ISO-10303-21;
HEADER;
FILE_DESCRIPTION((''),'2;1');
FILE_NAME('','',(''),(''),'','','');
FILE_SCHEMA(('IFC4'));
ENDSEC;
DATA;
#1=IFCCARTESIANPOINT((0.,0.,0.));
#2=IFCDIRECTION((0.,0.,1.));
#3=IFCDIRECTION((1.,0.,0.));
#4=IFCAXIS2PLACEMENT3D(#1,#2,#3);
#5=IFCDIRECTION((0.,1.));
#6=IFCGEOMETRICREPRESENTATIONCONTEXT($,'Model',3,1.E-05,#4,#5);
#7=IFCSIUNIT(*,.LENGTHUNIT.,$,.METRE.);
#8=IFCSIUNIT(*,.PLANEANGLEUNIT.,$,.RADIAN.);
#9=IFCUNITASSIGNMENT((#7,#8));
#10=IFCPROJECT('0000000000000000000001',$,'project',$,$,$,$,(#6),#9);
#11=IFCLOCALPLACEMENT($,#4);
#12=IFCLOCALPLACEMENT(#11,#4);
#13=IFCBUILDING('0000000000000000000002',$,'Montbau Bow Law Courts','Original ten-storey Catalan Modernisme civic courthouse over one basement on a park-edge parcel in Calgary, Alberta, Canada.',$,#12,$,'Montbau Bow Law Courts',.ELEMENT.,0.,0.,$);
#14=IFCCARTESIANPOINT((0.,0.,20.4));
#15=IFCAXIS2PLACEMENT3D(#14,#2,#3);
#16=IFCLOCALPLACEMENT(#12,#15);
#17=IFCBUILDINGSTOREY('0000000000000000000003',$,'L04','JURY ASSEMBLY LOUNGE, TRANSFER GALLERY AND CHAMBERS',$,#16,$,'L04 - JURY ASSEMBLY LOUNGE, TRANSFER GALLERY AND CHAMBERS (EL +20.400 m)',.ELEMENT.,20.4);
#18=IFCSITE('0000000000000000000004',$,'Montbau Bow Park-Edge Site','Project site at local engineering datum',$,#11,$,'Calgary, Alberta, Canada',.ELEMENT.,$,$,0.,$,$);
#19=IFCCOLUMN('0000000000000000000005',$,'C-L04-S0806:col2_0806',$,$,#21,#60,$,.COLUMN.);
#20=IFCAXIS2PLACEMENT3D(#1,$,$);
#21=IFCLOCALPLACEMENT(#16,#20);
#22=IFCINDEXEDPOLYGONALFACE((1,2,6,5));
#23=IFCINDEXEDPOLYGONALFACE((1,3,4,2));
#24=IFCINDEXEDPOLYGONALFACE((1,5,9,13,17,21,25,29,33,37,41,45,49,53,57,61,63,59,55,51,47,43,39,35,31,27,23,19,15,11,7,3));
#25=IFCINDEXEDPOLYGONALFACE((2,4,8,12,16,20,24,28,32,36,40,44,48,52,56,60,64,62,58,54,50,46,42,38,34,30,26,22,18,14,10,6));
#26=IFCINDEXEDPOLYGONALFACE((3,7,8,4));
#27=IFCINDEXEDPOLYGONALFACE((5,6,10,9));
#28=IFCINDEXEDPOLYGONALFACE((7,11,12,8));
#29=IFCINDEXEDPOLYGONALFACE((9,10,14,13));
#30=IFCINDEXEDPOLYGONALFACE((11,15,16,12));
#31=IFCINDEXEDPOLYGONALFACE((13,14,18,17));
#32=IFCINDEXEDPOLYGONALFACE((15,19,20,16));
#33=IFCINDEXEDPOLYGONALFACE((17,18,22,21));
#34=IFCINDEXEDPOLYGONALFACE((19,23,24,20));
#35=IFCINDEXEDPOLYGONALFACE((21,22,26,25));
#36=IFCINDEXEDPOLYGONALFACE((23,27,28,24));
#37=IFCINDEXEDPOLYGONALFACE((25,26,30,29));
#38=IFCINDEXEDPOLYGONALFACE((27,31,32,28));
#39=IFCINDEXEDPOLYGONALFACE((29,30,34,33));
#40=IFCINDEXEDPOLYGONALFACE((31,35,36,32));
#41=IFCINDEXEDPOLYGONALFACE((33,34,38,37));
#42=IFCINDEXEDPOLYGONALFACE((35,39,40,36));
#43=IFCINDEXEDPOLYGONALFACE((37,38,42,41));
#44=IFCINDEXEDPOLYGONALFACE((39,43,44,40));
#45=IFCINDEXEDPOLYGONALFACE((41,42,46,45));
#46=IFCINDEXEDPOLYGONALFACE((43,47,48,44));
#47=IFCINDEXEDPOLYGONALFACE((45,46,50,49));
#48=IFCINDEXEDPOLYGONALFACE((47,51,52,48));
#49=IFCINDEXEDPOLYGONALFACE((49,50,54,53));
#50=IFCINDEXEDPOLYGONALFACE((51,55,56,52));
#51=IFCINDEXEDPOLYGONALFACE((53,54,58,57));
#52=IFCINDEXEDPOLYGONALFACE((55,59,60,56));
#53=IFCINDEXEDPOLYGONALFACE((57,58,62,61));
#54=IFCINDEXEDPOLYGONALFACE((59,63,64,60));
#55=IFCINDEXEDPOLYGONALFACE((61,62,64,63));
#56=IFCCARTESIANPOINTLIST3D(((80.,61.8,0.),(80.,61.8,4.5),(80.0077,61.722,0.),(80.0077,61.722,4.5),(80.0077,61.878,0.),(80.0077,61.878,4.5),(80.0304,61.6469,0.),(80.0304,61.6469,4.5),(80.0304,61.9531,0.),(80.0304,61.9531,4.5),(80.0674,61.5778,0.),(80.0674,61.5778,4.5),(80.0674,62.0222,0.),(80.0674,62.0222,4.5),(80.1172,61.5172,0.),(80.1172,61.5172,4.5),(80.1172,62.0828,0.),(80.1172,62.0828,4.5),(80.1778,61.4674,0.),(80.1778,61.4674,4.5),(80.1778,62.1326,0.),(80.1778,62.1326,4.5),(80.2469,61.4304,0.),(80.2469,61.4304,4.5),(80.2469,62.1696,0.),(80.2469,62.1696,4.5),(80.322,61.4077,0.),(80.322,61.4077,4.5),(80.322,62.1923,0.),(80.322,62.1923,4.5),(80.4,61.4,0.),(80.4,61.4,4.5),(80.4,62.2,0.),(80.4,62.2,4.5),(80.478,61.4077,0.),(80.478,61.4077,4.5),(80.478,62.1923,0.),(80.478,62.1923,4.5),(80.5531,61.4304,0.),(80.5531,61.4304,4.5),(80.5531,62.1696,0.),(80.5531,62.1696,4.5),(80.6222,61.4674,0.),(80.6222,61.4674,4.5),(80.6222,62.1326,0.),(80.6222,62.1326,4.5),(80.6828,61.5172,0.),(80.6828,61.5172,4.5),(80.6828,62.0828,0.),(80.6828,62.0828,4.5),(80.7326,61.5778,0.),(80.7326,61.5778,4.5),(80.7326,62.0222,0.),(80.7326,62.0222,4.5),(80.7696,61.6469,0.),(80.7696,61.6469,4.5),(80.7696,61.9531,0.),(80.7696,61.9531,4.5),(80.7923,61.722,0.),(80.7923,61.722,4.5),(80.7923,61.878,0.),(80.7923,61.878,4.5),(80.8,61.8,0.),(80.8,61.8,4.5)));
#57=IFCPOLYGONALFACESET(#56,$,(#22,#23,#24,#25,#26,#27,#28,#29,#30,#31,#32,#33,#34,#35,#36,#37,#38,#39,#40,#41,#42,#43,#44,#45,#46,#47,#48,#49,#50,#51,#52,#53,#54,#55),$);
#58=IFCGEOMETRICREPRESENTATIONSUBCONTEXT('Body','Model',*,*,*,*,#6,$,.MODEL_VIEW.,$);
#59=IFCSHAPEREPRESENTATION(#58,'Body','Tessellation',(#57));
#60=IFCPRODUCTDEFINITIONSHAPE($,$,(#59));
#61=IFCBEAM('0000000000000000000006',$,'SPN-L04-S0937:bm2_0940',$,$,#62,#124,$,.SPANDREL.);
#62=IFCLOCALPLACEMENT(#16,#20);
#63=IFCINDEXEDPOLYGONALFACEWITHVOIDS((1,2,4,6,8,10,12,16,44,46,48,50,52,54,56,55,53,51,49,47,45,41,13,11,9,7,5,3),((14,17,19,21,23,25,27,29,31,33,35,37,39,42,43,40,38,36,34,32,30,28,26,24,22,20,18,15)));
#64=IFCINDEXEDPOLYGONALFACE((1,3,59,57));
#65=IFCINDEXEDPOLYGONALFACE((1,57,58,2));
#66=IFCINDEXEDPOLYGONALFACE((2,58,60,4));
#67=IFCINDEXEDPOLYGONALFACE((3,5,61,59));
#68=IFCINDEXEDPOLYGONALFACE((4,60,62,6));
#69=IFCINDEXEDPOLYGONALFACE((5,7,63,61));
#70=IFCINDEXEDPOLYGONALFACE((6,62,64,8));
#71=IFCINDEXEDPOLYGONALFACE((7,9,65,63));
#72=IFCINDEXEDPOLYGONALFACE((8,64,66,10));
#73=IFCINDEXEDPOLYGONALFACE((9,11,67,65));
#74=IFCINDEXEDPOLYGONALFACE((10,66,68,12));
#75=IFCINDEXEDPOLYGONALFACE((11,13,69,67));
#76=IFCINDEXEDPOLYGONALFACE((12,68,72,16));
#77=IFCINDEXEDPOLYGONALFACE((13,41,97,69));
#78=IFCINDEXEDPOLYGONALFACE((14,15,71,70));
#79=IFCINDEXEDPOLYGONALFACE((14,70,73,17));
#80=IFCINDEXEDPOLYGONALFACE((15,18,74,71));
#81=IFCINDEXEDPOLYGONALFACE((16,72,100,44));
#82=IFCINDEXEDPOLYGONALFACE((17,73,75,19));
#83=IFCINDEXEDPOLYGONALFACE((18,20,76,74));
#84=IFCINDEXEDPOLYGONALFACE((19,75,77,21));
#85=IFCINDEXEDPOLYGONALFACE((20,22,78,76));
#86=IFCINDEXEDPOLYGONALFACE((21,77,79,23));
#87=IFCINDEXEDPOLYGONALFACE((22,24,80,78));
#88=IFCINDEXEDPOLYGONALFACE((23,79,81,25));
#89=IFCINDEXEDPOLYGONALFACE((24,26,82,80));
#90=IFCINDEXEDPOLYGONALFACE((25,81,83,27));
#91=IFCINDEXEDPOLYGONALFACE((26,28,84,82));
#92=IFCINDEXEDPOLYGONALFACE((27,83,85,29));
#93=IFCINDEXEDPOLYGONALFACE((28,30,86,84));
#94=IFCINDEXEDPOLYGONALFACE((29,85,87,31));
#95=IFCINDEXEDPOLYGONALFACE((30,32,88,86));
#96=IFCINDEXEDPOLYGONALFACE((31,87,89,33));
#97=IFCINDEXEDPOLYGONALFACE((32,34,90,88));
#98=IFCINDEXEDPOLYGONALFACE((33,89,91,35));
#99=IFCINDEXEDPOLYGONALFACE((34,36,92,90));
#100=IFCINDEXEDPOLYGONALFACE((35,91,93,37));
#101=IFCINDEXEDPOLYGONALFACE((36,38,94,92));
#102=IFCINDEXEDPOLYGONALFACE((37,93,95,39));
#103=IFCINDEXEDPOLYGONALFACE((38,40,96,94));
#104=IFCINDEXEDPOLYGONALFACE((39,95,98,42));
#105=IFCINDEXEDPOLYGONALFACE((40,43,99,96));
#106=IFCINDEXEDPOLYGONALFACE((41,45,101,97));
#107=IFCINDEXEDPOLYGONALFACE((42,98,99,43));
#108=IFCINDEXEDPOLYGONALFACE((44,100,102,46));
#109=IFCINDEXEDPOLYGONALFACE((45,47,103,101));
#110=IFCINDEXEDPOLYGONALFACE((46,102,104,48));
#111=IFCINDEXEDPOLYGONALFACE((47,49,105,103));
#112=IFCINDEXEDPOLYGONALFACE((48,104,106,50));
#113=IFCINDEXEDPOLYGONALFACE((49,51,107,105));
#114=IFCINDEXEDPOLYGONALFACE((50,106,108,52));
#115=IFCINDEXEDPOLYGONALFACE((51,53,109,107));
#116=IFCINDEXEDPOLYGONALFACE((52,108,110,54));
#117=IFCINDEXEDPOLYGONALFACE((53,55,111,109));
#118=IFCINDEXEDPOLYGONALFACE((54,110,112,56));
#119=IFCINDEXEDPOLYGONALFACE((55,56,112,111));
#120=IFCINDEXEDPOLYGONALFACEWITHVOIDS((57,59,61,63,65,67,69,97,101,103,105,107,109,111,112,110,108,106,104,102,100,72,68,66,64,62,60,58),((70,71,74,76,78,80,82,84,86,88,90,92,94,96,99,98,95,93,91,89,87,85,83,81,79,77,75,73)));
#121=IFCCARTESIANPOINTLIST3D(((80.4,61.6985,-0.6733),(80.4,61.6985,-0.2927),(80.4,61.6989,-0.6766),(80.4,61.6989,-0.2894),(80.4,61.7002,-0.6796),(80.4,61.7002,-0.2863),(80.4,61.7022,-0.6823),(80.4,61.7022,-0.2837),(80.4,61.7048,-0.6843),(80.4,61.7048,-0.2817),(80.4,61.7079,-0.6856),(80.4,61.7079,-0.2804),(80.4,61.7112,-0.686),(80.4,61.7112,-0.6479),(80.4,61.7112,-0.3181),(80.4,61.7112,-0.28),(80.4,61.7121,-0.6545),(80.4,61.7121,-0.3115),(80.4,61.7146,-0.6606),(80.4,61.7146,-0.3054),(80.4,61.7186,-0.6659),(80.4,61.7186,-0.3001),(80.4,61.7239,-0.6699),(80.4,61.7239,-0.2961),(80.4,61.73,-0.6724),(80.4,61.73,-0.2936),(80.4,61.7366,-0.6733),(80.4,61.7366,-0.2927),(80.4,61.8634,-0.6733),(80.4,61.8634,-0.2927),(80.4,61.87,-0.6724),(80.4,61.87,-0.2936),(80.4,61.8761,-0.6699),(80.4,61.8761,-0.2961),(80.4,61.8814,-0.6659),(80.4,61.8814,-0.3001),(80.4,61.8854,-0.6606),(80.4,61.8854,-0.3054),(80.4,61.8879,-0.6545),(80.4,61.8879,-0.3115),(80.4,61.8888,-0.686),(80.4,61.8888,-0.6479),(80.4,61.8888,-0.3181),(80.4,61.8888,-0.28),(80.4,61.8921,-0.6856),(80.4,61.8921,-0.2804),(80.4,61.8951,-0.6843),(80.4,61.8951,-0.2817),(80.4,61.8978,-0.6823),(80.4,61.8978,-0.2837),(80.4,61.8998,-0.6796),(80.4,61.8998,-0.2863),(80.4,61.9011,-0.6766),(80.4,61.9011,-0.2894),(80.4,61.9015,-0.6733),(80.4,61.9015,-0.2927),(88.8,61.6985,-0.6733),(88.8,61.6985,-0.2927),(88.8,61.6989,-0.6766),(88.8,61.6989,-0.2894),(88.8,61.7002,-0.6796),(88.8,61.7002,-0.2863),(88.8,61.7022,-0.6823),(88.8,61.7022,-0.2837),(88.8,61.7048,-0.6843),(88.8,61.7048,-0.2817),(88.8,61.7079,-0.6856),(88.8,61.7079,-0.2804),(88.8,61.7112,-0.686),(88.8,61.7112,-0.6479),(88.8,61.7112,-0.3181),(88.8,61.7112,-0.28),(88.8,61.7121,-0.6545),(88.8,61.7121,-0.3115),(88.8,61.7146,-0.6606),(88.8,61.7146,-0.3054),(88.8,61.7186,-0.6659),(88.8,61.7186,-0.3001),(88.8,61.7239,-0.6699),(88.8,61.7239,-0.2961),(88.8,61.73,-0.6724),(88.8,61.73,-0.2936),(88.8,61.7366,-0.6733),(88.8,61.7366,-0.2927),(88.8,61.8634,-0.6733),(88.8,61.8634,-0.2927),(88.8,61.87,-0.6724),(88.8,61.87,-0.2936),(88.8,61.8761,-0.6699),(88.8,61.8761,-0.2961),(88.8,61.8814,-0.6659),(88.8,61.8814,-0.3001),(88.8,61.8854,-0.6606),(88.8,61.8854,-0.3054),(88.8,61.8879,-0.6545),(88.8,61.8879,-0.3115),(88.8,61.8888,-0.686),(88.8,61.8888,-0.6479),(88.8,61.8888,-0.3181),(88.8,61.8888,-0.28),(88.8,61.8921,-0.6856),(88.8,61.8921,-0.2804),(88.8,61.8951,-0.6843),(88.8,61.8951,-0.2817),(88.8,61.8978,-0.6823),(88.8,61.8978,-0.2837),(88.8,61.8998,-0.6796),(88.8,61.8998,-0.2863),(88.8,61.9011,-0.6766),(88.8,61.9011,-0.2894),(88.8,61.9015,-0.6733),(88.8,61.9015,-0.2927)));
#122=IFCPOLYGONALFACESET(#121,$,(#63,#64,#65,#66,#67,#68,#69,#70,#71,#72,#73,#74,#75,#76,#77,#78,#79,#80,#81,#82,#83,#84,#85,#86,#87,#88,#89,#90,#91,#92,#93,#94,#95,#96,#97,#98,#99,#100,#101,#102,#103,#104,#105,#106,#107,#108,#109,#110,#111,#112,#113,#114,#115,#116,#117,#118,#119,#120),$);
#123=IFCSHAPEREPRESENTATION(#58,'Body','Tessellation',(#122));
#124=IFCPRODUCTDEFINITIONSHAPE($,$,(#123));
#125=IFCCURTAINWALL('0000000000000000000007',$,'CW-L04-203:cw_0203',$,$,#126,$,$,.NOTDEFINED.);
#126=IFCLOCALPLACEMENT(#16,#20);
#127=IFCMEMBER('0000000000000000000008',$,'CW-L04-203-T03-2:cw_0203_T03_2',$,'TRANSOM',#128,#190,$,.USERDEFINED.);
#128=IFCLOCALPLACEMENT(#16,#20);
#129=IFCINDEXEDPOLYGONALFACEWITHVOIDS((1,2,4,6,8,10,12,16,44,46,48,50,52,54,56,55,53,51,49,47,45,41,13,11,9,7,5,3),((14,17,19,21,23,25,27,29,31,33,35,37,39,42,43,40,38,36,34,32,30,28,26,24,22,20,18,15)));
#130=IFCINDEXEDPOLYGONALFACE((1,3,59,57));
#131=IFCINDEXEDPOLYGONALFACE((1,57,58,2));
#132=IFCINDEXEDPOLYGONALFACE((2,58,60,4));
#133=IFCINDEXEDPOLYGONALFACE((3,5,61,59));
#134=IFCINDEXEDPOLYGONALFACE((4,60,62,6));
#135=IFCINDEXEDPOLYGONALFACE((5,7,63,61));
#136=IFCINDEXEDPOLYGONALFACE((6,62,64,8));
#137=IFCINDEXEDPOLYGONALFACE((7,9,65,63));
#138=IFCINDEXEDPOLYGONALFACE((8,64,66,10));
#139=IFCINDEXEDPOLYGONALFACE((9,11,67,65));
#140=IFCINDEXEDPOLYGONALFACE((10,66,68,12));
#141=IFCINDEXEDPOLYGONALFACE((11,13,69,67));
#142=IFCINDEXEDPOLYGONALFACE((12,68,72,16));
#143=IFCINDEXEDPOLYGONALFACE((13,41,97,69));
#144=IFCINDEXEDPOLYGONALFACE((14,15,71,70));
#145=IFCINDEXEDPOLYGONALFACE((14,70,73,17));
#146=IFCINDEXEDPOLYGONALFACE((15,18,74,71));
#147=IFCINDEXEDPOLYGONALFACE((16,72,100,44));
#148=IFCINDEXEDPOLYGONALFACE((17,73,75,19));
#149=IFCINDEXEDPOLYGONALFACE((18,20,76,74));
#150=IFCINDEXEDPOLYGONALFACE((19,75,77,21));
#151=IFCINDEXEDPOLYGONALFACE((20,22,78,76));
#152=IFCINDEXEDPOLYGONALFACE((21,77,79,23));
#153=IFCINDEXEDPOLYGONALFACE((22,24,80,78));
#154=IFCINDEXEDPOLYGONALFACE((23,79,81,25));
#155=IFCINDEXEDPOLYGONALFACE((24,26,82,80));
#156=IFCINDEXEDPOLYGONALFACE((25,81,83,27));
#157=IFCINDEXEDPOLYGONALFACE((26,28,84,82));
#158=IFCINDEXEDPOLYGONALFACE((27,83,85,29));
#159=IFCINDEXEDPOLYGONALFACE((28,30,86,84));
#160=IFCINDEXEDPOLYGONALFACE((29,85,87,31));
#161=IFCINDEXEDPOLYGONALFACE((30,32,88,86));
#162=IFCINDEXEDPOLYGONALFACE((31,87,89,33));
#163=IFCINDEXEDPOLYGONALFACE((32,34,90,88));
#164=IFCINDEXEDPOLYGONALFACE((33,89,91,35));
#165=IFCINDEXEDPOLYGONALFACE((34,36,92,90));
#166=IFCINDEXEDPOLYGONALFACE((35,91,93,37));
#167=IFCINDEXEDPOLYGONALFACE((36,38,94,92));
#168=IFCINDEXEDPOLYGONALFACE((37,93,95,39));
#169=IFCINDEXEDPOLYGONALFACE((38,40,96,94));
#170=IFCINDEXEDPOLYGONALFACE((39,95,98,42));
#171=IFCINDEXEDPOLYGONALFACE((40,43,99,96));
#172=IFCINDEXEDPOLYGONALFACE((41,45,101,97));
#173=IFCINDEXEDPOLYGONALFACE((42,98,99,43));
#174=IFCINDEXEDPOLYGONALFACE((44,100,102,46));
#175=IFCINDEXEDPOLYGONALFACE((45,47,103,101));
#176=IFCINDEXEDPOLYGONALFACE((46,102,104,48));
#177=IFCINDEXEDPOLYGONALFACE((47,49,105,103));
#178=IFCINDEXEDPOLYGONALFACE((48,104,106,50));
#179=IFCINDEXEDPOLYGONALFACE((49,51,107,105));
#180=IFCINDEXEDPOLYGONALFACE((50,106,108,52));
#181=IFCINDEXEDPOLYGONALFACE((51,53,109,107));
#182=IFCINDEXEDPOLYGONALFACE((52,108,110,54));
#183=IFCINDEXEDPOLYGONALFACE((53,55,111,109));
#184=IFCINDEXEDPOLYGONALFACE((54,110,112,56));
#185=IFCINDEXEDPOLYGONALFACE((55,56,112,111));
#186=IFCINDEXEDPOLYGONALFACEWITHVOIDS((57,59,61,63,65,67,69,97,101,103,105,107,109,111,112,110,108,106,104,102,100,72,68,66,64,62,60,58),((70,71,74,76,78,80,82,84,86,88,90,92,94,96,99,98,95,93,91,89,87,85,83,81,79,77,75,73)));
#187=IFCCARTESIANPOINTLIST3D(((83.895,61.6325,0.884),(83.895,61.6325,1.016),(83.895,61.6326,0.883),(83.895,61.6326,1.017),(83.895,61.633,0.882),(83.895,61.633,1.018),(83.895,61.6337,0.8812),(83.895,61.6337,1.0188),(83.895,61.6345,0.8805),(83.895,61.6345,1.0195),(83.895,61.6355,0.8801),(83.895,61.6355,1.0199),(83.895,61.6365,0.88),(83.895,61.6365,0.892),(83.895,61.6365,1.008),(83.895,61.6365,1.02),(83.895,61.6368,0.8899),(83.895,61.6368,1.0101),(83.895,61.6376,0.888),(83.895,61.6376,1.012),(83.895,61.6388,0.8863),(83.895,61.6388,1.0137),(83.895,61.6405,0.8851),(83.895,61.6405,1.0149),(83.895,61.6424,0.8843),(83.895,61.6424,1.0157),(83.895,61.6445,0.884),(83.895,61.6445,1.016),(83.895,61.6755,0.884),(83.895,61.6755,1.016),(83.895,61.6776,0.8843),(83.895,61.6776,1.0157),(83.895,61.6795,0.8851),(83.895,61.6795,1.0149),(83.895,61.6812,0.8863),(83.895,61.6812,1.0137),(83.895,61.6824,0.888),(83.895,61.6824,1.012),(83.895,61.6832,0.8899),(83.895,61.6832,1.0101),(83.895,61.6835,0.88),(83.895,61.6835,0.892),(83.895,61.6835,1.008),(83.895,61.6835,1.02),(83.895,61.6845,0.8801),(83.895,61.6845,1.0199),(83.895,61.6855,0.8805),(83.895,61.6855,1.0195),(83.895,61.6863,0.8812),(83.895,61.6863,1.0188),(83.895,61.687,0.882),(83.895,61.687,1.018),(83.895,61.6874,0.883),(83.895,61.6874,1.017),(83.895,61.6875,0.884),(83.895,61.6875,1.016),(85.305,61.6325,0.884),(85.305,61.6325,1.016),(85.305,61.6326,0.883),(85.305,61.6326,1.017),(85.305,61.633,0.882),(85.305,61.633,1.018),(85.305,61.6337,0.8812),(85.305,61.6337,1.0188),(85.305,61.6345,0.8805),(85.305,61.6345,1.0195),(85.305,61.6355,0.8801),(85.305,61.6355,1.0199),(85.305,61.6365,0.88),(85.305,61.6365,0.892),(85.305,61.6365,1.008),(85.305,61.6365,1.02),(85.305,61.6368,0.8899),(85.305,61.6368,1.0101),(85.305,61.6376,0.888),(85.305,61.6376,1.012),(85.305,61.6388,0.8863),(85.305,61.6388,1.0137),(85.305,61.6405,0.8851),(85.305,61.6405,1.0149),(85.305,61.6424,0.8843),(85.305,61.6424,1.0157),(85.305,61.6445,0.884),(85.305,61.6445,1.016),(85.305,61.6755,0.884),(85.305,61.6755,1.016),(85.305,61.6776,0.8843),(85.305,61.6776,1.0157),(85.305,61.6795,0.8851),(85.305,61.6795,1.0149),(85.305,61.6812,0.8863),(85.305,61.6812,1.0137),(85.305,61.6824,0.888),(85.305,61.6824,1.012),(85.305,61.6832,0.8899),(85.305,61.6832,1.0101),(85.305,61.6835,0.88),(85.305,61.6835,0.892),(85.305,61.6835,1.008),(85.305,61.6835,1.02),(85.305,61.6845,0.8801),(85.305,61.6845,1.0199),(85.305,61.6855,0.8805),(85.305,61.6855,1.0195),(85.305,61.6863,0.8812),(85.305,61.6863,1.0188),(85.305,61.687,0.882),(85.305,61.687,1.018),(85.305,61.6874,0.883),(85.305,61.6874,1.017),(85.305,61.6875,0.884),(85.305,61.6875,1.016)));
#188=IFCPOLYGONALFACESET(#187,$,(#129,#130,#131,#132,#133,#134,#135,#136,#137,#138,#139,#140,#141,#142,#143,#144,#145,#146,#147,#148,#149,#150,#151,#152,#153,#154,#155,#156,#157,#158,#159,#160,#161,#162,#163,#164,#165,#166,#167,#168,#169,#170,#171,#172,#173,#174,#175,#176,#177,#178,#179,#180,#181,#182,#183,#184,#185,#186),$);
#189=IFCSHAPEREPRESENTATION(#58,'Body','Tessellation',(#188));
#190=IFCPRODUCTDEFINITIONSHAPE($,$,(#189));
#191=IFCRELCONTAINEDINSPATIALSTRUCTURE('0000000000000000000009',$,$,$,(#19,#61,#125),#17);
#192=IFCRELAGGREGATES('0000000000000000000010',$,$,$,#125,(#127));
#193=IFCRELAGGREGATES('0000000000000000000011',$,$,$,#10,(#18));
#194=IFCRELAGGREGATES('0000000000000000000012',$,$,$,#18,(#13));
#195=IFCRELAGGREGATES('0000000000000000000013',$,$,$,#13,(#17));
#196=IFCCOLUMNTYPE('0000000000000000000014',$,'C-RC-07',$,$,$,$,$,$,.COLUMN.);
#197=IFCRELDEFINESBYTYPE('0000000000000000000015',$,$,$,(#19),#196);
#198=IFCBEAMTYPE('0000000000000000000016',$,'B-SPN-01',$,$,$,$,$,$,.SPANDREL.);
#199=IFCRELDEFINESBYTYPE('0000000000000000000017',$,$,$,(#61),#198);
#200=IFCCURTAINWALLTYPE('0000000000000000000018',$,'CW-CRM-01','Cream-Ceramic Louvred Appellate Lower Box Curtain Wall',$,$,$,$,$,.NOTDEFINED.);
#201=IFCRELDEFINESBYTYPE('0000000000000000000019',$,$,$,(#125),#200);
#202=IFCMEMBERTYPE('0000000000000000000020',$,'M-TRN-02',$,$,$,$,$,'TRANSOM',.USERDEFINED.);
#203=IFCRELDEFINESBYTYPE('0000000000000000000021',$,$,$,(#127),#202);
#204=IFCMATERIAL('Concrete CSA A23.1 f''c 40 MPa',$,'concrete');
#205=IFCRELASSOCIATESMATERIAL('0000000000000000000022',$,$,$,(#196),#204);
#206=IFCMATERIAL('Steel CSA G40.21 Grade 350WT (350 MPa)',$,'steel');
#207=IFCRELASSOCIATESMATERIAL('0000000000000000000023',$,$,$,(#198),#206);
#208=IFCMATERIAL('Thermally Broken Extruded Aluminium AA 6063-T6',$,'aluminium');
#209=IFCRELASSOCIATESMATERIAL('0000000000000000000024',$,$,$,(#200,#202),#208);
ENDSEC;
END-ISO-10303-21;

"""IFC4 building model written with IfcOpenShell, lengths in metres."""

from ifc_helpers import new_model, si_unit, direction, frame, origin_with_axes, origin_2d_with_axis, place, context, subcontext, project, spatial, hollow_rectangle, circle, extrude, material, material_profile, profile_set, type_object, element, aggregate, save


model = new_model("IFC4")

# Units and contexts
model_context = context("Model", 3, precision=1e-05, world=origin_with_axes(), true_north=direction((0.0, 1.0)))
body_context = subcontext(model_context, "Body", "Model", "MODEL_VIEW")
ifc_project = project(units=[si_unit("LENGTHUNIT", "METRE"), si_unit("PLANEANGLEUNIT", "RADIAN")], contexts=[model_context])

# Site, building, storey
site_placement = place(None, origin_with_axes())
site = spatial("IfcSite", under=ifc_project, at=site_placement, Name="Montbau Bow Park-Edge Site", Description="Project site at local engineering datum", LongName="Calgary, Alberta, Canada", CompositionType="ELEMENT", RefElevation=0.0)
building_placement = place(site_placement, origin_with_axes())
building = spatial("IfcBuilding", under=site, at=building_placement, Name="Montbau Bow Law Courts", Description="Original ten-storey Catalan Modernisme civic courthouse over one basement on a park-edge parcel in Calgary, Alberta, Canada.", LongName="Montbau Bow Law Courts", CompositionType="ELEMENT", ElevationOfRefHeight=0.0, ElevationOfTerrain=0.0)
storey_placement = place(building_placement, frame((0.0, 0.0, 20.4), z_axis=(0.0, 0.0, 1.0), x_axis=(1.0, 0.0, 0.0)))
storey = spatial("IfcBuildingStorey", under=building, at=storey_placement, Name="L04", Description="JURY ASSEMBLY LOUNGE, TRANSFER GALLERY AND CHAMBERS", LongName="L04 - JURY ASSEMBLY LOUNGE, TRANSFER GALLERY AND CHAMBERS (EL +20.400 m)", CompositionType="ELEMENT", Elevation=20.4)

# Column
ifc_material_1 = material(Name="Concrete CSA A23.1 f'c 40 MPa", Category="concrete")
ifc_material_profile_1 = material_profile(ifc_material_1, circle(Radius=0.4, at=origin_2d_with_axis()), Name="RC800D", Category="Main", Priority=0)
ifc_profile_set_1 = profile_set([ifc_material_profile_1], Name="Concrete CSA A23.1 f'c 40 MPa")
column_type = type_object("IfcColumnType", Name="C-RC-07", PredefinedType="COLUMN", material=ifc_profile_set_1)
column_placement = place(None, frame((80.4, 61.8, 20.4), z_axis=(0.0, 0.0, 1.0), x_axis=(1.0, 0.0, 0.0)))
element("IfcColumn", 1, at=column_placement, inside=storey, type_object=column_type, Name="C-L04-S0806:col2_0806", PredefinedType="COLUMN", context=body_context, shape_type="SweptSolid", body=[
    extrude(circle(Radius=0.4, at=origin_2d_with_axis()), origin_with_axes(), (0.0, 0.0, 1.0), 4.5),
])

# Beam
ifc_material_2 = material(Name="Steel CSA G40.21 Grade 350WT (350 MPa)", Category="steel")
ifc_material_profile_2 = material_profile(ifc_material_2, hollow_rectangle(XDim=0.203, YDim=0.406, WallThickness=0.0127, InnerFilletRadius=0.0254, OuterFilletRadius=0.0127, at=origin_2d_with_axis()), Name="HSS406X203X13", Category="Main", Priority=0)
ifc_profile_set_2 = profile_set([ifc_material_profile_2], Name="Steel CSA G40.21 Grade 350WT (350 MPa)")
beam_type = type_object("IfcBeamType", Name="B-SPN-01", PredefinedType="SPANDREL", material=ifc_profile_set_2)
beam_placement = place(None, frame((80.4, 61.8, 19.917), z_axis=(1.0, 0.0, 0.0), x_axis=(0.0, 1.0, 0.0)))
element("IfcBeam", 2, at=beam_placement, inside=storey, type_object=beam_type, Name="SPN-L04-S0937:bm2_0940", PredefinedType="SPANDREL", context=body_context, shape_type="SweptSolid", body=[
    extrude(hollow_rectangle(XDim=0.203, YDim=0.406, WallThickness=0.0127, InnerFilletRadius=0.0254, OuterFilletRadius=0.0127, at=origin_2d_with_axis()), origin_with_axes(), (0.0, 0.0, 1.0), 8.4),
])

# Curtain wall, member
ifc_material_3 = material(Name="Thermally Broken Extruded Aluminium AA 6063-T6", Category="aluminium")
curtain_wall_type = type_object("IfcCurtainWallType", Name="CW-CRM-01", Description="Cream-Ceramic Louvred Appellate Lower Box Curtain Wall", PredefinedType="NOTDEFINED", material=ifc_material_3)
curtain_wall_placement = place(None, frame((80.915, 61.66, 20.4), z_axis=(0.0, 0.0, 1.0), x_axis=(1.0, 0.0, 0.0)))
curtain_wall = element("IfcCurtainWall", 3, at=curtain_wall_placement, inside=storey, type_object=curtain_wall_type, Name="CW-L04-203:cw_0203", PredefinedType="NOTDEFINED")
ifc_material_profile_3 = material_profile(ifc_material_3, hollow_rectangle(XDim=0.055, YDim=0.14, WallThickness=0.004, InnerFilletRadius=0.008, OuterFilletRadius=0.004, at=origin_2d_with_axis()), Name="CWT-140X55", Category="Main", Priority=0)
ifc_profile_set_3 = profile_set([ifc_material_profile_3], Name="Thermally Broken Extruded Aluminium AA 6063-T6")
member_type = type_object("IfcMemberType", Name="M-TRN-02", ElementType="TRANSOM", PredefinedType="USERDEFINED", material=ifc_profile_set_3)
member_1_placement = place(None, frame((83.895, 61.66, 21.35), z_axis=(1.0, 0.0, 0.0), x_axis=(0.0, 1.0, 0.0)))
member_1 = element("IfcMember", 4, at=member_1_placement, type_object=member_type, Name="CW-L04-203-T03-2:cw_0203_T03_2", ObjectType="TRANSOM", PredefinedType="USERDEFINED", context=body_context, shape_type="SweptSolid", body=[
    extrude(hollow_rectangle(XDim=0.055, YDim=0.14, WallThickness=0.004, InnerFilletRadius=0.008, OuterFilletRadius=0.004, at=origin_2d_with_axis()), origin_with_axes(), (0.0, 0.0, 1.0), 1.41),
])
aggregate(curtain_wall, [member_1])

save(model, "model.ifc")
